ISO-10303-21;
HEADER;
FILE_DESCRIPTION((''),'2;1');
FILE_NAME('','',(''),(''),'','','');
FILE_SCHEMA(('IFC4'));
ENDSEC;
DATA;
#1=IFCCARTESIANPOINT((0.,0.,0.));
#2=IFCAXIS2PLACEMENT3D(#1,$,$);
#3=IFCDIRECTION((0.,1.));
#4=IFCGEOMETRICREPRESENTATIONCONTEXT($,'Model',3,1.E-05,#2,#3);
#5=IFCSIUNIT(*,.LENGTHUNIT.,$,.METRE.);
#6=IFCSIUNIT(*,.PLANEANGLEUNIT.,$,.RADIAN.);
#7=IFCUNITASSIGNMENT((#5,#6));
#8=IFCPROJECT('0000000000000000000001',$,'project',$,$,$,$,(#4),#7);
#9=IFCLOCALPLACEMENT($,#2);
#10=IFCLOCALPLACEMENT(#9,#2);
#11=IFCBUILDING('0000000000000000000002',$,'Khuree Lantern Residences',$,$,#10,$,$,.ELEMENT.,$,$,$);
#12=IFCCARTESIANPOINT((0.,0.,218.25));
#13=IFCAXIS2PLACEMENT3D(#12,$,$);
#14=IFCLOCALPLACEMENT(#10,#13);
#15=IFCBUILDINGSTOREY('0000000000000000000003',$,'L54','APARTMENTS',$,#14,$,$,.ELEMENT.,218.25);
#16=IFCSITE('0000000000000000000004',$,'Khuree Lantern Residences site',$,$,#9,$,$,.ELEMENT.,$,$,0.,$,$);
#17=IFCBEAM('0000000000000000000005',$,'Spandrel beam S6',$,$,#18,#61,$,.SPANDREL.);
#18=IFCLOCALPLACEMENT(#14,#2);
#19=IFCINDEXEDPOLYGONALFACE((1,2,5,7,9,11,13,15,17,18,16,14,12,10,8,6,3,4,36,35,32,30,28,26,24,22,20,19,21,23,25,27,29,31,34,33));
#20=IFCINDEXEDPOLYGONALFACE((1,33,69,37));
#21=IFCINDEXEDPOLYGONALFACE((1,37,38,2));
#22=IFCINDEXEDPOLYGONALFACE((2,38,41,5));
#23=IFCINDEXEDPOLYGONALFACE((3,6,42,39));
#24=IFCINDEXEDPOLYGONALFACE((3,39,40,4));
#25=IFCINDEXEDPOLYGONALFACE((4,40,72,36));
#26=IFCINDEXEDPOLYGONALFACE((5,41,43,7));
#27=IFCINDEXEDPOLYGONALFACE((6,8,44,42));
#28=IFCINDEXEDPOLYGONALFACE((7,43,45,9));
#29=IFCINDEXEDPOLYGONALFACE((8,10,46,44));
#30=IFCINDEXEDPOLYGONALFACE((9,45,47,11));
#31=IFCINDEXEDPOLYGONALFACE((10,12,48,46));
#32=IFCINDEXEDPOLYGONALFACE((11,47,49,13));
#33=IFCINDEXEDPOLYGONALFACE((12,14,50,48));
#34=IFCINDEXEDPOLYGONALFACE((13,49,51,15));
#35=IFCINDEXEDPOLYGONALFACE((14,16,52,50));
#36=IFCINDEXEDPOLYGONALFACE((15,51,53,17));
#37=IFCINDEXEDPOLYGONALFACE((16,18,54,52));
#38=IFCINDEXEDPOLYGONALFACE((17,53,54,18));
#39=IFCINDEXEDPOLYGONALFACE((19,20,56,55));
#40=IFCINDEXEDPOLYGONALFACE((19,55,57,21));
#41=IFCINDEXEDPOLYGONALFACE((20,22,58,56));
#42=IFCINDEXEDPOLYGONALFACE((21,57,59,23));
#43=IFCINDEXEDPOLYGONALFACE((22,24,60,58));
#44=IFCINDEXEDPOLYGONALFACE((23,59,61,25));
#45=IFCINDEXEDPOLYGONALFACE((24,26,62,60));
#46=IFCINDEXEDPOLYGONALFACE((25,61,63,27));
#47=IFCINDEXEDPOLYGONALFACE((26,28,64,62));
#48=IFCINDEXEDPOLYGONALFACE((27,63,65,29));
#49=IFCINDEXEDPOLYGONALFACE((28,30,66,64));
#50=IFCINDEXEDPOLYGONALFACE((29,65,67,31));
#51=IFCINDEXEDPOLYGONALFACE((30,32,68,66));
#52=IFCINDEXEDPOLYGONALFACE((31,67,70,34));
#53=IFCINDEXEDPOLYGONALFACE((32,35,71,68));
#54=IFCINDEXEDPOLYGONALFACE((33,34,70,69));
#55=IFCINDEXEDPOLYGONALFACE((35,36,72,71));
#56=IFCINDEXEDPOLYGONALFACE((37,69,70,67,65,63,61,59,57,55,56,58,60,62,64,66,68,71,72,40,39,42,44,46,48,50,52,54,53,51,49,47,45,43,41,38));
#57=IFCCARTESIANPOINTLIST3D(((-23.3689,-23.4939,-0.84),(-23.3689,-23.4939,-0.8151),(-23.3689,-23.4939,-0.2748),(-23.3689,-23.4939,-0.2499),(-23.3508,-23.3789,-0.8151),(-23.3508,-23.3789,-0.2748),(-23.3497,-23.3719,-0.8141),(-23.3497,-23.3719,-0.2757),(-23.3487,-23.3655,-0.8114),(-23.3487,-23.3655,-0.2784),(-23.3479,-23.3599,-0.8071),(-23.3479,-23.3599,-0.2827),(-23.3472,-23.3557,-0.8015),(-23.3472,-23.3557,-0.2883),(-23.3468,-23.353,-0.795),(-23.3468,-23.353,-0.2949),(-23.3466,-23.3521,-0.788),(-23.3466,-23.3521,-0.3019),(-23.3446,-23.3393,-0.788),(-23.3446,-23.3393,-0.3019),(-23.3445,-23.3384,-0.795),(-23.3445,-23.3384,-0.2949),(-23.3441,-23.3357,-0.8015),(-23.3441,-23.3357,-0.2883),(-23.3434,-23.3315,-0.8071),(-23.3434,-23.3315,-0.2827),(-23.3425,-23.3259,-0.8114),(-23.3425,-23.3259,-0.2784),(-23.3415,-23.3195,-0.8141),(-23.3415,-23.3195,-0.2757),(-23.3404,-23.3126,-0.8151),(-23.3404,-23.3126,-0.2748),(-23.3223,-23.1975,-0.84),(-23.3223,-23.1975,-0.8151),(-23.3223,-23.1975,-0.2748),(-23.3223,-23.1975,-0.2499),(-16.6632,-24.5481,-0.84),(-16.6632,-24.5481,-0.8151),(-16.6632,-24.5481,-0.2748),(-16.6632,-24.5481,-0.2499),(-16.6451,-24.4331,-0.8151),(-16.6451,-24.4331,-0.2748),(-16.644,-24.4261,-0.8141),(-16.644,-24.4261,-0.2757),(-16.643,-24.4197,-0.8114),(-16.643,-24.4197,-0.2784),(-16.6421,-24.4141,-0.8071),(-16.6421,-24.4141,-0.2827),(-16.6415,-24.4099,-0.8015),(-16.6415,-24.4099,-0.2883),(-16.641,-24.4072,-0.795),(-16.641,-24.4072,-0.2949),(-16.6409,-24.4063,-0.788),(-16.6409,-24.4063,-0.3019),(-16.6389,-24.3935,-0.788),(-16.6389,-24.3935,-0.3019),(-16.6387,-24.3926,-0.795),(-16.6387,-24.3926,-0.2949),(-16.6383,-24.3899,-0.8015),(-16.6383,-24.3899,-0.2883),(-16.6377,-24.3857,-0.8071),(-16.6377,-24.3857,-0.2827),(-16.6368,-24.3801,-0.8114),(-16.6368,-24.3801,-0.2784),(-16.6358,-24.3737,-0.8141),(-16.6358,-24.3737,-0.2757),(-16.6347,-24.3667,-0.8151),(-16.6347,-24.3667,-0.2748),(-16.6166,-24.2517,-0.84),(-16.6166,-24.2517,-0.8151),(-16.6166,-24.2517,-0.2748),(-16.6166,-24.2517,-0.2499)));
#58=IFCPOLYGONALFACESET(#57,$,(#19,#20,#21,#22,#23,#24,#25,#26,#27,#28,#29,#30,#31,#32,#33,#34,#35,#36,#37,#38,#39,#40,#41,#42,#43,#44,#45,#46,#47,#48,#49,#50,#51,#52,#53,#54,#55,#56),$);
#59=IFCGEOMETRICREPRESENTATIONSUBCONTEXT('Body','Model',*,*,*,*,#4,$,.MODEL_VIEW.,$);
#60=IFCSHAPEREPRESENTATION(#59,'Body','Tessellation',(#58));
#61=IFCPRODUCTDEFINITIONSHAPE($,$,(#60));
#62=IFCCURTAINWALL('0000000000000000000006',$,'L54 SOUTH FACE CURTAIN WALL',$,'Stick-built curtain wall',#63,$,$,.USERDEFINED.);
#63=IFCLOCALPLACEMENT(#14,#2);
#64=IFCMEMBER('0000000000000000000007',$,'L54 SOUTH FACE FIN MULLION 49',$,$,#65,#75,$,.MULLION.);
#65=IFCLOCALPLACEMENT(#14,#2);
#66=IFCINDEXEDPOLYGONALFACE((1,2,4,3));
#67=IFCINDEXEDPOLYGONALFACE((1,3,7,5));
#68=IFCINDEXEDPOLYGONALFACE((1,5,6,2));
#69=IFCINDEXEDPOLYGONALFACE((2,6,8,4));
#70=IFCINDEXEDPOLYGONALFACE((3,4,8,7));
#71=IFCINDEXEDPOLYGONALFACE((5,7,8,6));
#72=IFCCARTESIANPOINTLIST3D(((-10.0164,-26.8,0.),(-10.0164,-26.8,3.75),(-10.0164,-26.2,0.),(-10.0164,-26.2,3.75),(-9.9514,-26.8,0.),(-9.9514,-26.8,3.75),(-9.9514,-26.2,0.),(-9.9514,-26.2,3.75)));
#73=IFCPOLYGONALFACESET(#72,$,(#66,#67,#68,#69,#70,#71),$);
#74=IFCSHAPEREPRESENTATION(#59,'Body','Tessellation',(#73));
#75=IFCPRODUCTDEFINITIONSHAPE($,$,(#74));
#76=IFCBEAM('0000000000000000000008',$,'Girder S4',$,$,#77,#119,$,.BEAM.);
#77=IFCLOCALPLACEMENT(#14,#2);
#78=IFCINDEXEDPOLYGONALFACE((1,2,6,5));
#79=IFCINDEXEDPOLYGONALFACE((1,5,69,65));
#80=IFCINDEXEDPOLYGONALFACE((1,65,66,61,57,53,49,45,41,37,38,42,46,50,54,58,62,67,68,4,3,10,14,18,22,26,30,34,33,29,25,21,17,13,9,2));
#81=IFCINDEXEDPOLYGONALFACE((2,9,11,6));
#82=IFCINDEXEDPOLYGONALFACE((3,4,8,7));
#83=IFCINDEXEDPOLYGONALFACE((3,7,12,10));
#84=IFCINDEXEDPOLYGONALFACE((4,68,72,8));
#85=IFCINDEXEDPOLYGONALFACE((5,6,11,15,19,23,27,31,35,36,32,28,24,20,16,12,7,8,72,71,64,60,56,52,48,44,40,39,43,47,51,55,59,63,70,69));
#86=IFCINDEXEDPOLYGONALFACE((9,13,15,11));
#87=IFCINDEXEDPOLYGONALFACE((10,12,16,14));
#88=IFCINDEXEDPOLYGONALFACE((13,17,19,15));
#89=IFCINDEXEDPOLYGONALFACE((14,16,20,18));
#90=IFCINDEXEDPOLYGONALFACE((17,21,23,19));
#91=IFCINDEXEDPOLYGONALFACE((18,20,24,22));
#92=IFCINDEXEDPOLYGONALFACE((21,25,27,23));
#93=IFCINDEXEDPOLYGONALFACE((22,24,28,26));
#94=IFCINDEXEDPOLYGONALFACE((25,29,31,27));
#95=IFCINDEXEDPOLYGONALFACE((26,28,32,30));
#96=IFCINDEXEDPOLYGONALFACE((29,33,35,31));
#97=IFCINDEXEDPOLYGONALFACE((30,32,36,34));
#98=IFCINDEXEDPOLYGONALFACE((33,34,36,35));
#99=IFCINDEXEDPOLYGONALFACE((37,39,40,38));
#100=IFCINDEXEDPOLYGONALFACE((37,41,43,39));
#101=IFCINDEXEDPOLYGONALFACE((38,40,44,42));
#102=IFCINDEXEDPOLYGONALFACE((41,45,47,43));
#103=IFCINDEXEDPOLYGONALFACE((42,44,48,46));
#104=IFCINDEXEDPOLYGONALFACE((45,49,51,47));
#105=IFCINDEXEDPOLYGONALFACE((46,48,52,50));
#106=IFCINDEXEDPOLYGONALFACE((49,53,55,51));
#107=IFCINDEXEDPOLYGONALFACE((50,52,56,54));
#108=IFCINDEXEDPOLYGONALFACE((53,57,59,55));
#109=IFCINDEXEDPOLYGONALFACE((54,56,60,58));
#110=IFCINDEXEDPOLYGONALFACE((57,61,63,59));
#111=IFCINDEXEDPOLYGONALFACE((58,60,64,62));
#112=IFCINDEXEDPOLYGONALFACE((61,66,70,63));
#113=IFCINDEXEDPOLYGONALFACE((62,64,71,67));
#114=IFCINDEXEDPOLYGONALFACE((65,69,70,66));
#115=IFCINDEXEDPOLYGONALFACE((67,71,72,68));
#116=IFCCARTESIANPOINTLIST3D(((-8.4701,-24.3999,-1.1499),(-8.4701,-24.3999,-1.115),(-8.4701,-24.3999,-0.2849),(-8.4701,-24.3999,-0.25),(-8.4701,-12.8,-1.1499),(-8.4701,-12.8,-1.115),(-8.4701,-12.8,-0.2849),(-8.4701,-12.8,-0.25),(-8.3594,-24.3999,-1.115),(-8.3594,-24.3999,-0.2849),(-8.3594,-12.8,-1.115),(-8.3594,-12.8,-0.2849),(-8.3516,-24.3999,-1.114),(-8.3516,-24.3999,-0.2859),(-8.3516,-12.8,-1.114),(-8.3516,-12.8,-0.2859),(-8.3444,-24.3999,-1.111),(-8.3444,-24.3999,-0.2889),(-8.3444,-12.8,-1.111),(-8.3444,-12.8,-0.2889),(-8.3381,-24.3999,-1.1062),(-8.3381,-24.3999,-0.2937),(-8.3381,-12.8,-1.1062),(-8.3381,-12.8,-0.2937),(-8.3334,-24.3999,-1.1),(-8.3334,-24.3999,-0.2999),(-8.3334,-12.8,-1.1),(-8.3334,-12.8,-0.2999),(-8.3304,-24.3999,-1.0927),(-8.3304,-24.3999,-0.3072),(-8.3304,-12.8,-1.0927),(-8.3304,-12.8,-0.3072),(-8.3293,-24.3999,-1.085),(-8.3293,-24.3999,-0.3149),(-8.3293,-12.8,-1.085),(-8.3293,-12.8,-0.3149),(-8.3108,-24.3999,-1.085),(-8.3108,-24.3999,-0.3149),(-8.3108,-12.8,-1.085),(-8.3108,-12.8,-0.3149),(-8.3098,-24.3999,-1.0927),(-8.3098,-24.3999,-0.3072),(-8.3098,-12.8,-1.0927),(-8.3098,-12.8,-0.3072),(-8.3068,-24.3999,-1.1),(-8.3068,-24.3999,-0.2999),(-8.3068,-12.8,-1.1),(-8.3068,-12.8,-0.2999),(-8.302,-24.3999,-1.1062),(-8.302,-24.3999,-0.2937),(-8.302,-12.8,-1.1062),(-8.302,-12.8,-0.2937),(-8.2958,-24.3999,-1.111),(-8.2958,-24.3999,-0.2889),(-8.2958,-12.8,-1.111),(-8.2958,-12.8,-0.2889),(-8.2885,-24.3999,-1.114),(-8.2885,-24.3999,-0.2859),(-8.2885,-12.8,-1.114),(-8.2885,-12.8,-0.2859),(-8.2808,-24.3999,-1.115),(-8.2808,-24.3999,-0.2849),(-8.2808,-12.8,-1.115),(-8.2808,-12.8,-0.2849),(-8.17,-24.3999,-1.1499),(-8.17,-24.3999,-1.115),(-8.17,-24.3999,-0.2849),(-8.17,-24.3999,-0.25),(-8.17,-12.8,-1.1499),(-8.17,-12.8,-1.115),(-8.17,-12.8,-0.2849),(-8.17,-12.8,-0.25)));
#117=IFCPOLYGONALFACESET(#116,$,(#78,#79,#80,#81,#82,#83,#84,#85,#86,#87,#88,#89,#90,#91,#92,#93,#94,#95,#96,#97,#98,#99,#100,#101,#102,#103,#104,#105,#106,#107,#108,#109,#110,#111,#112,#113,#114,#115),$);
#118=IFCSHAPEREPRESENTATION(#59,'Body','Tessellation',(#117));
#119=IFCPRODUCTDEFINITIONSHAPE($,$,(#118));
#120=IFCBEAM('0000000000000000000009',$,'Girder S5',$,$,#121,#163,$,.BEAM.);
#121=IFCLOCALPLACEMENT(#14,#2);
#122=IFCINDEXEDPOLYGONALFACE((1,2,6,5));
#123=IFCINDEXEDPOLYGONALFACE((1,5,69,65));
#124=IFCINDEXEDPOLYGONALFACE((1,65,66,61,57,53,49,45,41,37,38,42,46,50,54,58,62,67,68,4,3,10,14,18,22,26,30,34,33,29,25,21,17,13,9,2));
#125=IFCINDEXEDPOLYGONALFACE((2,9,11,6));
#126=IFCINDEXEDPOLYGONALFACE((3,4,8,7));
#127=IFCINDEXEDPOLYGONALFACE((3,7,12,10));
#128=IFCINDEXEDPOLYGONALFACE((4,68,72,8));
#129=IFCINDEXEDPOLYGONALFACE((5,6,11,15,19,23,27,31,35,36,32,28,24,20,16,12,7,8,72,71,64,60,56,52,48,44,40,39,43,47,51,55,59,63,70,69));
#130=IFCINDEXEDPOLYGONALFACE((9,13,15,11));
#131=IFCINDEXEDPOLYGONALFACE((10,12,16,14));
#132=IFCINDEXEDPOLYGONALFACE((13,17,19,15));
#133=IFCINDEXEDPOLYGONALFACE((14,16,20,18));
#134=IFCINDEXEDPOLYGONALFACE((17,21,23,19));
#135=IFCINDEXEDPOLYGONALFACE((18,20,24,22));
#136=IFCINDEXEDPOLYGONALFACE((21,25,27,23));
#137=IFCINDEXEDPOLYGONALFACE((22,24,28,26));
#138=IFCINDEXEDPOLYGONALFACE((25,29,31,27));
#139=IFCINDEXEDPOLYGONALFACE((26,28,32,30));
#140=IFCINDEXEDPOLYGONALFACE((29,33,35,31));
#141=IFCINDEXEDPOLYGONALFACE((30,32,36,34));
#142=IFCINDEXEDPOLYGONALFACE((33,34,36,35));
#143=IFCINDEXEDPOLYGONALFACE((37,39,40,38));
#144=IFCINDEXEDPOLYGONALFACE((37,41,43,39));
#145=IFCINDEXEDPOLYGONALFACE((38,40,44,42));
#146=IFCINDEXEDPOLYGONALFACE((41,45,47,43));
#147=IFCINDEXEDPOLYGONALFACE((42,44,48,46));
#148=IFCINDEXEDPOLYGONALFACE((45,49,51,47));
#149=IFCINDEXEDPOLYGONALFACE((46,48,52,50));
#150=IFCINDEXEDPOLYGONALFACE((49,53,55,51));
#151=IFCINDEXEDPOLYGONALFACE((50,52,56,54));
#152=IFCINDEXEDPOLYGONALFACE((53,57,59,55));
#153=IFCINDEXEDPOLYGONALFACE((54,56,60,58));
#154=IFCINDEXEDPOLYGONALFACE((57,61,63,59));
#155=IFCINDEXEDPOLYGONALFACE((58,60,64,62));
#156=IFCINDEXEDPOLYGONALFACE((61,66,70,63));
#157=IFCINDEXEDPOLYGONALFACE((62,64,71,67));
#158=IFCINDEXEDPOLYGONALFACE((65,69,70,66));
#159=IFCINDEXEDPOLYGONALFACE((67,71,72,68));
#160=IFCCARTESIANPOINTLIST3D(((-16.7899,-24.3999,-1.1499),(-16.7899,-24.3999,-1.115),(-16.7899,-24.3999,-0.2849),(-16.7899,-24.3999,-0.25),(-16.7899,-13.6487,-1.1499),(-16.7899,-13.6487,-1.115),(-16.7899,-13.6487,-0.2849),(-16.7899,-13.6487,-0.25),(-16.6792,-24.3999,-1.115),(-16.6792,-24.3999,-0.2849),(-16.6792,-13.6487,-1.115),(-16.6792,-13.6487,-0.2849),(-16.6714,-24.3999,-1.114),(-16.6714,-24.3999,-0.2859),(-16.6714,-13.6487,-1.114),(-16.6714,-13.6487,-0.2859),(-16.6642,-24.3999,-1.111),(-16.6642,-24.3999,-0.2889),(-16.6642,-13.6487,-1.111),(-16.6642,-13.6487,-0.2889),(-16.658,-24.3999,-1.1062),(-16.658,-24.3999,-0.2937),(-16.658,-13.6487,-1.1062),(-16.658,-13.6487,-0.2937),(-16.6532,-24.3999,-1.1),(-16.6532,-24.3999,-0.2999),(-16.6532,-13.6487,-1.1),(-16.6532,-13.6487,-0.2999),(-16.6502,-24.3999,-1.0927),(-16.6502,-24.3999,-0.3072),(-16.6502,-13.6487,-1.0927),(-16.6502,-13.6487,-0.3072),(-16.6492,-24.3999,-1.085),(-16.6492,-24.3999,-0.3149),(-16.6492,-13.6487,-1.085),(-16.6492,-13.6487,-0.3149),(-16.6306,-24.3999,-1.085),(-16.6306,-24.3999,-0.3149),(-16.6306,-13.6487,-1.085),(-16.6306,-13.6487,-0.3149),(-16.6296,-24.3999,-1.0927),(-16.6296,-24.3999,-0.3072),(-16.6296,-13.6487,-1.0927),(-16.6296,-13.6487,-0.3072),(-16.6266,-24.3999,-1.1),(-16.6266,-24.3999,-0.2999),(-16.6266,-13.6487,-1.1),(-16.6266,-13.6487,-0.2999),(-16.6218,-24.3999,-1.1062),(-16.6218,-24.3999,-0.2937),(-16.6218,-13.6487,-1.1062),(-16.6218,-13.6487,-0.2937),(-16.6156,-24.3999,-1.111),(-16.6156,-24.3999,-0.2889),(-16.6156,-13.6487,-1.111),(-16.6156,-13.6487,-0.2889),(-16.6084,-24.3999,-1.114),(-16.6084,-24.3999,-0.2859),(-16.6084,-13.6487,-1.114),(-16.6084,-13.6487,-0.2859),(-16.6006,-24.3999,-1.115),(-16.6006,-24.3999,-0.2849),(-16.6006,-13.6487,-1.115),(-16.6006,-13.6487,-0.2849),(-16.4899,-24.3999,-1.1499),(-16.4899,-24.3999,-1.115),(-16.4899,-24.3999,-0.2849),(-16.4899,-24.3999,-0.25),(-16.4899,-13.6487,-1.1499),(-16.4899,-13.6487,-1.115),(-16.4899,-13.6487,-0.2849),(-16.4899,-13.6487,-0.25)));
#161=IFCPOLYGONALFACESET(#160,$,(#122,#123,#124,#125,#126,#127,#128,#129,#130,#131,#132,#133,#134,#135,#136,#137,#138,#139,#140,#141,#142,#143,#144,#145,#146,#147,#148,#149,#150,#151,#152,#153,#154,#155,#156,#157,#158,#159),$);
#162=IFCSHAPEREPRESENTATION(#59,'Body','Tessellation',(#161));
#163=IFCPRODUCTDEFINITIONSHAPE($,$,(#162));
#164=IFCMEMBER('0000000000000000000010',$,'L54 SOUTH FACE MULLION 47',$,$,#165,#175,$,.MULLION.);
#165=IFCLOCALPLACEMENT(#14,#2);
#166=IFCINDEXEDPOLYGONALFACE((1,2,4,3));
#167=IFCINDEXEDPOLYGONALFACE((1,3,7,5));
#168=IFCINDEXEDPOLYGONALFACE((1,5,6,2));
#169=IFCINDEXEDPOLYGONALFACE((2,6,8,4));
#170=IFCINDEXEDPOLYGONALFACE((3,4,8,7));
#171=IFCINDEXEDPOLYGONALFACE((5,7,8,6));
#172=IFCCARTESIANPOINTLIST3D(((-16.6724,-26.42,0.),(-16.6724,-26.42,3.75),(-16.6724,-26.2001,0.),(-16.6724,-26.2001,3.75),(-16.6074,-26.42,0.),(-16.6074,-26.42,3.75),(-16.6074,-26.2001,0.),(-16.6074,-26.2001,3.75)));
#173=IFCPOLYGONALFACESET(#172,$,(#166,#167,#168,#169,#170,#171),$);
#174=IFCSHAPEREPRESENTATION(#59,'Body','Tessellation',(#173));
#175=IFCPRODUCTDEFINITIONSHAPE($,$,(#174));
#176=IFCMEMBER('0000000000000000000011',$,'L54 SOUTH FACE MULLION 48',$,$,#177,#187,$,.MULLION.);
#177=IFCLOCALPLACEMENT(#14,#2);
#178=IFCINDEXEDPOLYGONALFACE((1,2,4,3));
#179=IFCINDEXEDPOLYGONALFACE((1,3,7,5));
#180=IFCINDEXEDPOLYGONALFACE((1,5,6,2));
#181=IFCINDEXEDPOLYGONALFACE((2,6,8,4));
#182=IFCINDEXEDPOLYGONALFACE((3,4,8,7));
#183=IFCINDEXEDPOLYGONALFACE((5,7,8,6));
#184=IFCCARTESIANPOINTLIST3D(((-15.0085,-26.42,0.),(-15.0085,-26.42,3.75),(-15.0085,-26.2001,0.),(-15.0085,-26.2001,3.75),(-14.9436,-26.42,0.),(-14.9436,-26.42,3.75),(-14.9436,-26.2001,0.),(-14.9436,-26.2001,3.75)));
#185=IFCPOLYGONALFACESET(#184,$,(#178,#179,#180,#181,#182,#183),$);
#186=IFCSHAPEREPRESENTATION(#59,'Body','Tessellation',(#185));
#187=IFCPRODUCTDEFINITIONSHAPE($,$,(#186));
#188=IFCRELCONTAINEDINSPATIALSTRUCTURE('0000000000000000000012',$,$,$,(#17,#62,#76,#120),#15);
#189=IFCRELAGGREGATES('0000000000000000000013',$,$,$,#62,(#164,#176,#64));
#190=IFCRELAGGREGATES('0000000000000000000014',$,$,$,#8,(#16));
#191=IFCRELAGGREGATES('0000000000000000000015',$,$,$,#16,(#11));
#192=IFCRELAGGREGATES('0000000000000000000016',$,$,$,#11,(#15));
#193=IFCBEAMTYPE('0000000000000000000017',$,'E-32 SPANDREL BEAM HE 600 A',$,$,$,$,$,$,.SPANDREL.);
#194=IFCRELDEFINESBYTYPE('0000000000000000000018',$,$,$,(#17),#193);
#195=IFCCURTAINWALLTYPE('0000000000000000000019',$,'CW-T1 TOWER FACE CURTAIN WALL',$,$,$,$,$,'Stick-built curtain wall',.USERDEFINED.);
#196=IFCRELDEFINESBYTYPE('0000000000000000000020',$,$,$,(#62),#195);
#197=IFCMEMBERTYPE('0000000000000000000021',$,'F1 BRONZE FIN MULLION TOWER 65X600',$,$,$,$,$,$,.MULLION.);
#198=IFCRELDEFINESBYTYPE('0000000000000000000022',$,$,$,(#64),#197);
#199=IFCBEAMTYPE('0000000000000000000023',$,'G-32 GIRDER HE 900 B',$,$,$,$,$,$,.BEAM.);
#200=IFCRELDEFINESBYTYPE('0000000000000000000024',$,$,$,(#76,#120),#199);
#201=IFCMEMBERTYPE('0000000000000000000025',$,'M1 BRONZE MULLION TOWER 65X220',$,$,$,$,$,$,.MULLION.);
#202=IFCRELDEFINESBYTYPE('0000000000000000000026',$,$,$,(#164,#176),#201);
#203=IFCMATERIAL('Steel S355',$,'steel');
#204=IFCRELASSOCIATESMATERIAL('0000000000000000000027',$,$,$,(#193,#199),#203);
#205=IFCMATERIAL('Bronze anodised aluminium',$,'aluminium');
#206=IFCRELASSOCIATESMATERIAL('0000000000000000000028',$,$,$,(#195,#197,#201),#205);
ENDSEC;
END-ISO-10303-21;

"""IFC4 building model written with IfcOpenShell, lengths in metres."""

from ifc_helpers import new_model, si_unit, direction, frame, origin, origin_2d, place, context, subcontext, project, spatial, rectangle, i_section, extrude, material, material_profile, profile_set, type_object, element, aggregate, save


model = new_model("IFC4")

# Units and contexts
model_context = context("Model", 3, precision=1e-05, world=origin(), true_north=direction((0.0, 1.0)))
body_context = subcontext(model_context, "Body", "Model", "MODEL_VIEW")
ifc_project = project(units=[si_unit("LENGTHUNIT", "METRE"), si_unit("PLANEANGLEUNIT", "RADIAN")], contexts=[model_context])

# Site, building, storey
site_placement = place(None, origin())
site = spatial("IfcSite", under=ifc_project, at=site_placement, Name="Khuree Lantern Residences site", CompositionType="ELEMENT", RefElevation=0.0)
building_placement = place(site_placement, origin())
building = spatial("IfcBuilding", under=site, at=building_placement, Name="Khuree Lantern Residences", CompositionType="ELEMENT")
storey_placement = place(building_placement, frame((0.0, 0.0, 218.25)))
storey = spatial("IfcBuildingStorey", under=building, at=storey_placement, Name="L54", Description="APARTMENTS", CompositionType="ELEMENT", Elevation=218.25)

# Beam
ifc_material_1 = material(Name="Steel S355", Category="steel")
ifc_material_profile_1 = material_profile(ifc_material_1, i_section(OverallWidth=0.3, OverallDepth=0.5901, WebThickness=0.0129, FlangeThickness=0.0249, FilletRadius=0.0271, at=origin_2d()), Name="HE 600 A")
ifc_profile_set_1 = profile_set([ifc_material_profile_1], Name="Steel S355")
beam_type_1 = type_object("IfcBeamType", Name="E-32 SPANDREL BEAM HE 600 A", PredefinedType="SPANDREL", material=ifc_profile_set_1)
beam_1_placement = place(storey_placement, frame((-16.6399, -24.3999, -0.5449), z_axis=(-0.987867, 0.1553, 0.0), x_axis=(-0.1553, -0.987867, 0.0)))
element("IfcBeam", 1, at=beam_1_placement, inside=storey, type_object=beam_type_1, Name="Spandrel beam S6", PredefinedType="SPANDREL", context=body_context, shape_type="SweptSolid", body=[
    extrude(i_section(OverallWidth=0.3, OverallDepth=0.5901, WebThickness=0.0129, FlangeThickness=0.0249, FilletRadius=0.0271, at=origin_2d()), origin(), (0.0, 0.0, 1.0), 6.7881),
])

# Curtain wall, member
ifc_material_2 = material(Name="Bronze anodised aluminium", Category="aluminium")
curtain_wall_type = type_object("IfcCurtainWallType", Name="CW-T1 TOWER FACE CURTAIN WALL", ElementType="Stick-built curtain wall", PredefinedType="USERDEFINED", material=ifc_material_2)
curtain_wall_placement = place(storey_placement, origin())
curtain_wall = element("IfcCurtainWall", 2, at=curtain_wall_placement, inside=storey, type_object=curtain_wall_type, Name="L54 SOUTH FACE CURTAIN WALL", ObjectType="Stick-built curtain wall", PredefinedType="USERDEFINED")
ifc_material_profile_2 = material_profile(ifc_material_2, rectangle(XDim=0.0649, YDim=0.6001, at=origin_2d()), Name="F1 65X600")
ifc_profile_set_2 = profile_set([ifc_material_profile_2], Name="Bronze anodised aluminium")
member_type_1 = type_object("IfcMemberType", Name="F1 BRONZE FIN MULLION TOWER 65X600", PredefinedType="MULLION", material=ifc_profile_set_2)
member_1_placement = place(storey_placement, frame((-9.9839, -26.5, 0.0), z_axis=(0.0, 0.0, 1.0), x_axis=(1.0, 0.0, 0.0)))
member_1 = element("IfcMember", 3, at=member_1_placement, type_object=member_type_1, Name="L54 SOUTH FACE FIN MULLION 49", PredefinedType="MULLION", context=body_context, shape_type="SweptSolid", body=[
    extrude(rectangle(XDim=0.0649, YDim=0.6001, at=origin_2d()), origin(), (0.0, 0.0, 1.0), 3.75),
])

# Beams
ifc_material_profile_3 = material_profile(ifc_material_1, i_section(OverallWidth=0.3, OverallDepth=0.8999, WebThickness=0.0186, FlangeThickness=0.0349, FilletRadius=0.03, at=origin_2d()), Name="HE 900 B")
ifc_profile_set_3 = profile_set([ifc_material_profile_3], Name="Steel S355")
beam_type_2 = type_object("IfcBeamType", Name="G-32 GIRDER HE 900 B", PredefinedType="BEAM", material=ifc_profile_set_3)
beam_2_placement = place(storey_placement, frame((-8.3201, -24.3999, -0.7), z_axis=(0.0, 1.0, 0.0), x_axis=(-1.0, 0.0, 0.0)))
element("IfcBeam", 4, at=beam_2_placement, inside=storey, type_object=beam_type_2, Name="Girder S4", PredefinedType="BEAM", context=body_context, shape_type="SweptSolid", body=[
    extrude(i_section(OverallWidth=0.3, OverallDepth=0.8999, WebThickness=0.0186, FlangeThickness=0.0349, FilletRadius=0.03, at=origin_2d()), origin(), (0.0, 0.0, 1.0), 11.5999),
])
beam_3_placement = place(storey_placement, frame((-16.6399, -24.3999, -0.7), z_axis=(0.0, 1.0, 0.0), x_axis=(-1.0, 0.0, 0.0)))
element("IfcBeam", 5, at=beam_3_placement, inside=storey, type_object=beam_type_2, Name="Girder S5", PredefinedType="BEAM", context=body_context, shape_type="SweptSolid", body=[
    extrude(i_section(OverallWidth=0.3, OverallDepth=0.8999, WebThickness=0.0186, FlangeThickness=0.0349, FilletRadius=0.03, at=origin_2d()), origin(), (0.0, 0.0, 1.0), 10.7512),
])

# Members
ifc_material_profile_4 = material_profile(ifc_material_2, rectangle(XDim=0.0649, YDim=0.22, at=origin_2d()), Name="M1 65X220")
ifc_profile_set_4 = profile_set([ifc_material_profile_4], Name="Bronze anodised aluminium")
member_type_2 = type_object("IfcMemberType", Name="M1 BRONZE MULLION TOWER 65X220", PredefinedType="MULLION", material=ifc_profile_set_4)
member_2_placement = place(storey_placement, frame((-16.6399, -26.3101, 0.0), z_axis=(0.0, 0.0, 1.0), x_axis=(1.0, 0.0, 0.0)))
member_2 = element("IfcMember", 6, at=member_2_placement, type_object=member_type_2, Name="L54 SOUTH FACE MULLION 47", PredefinedType="MULLION", context=body_context, shape_type="SweptSolid", body=[
    extrude(rectangle(XDim=0.0649, YDim=0.22, at=origin_2d()), origin(), (0.0, 0.0, 1.0), 3.75),
])
member_3_placement = place(storey_placement, frame((-14.9761, -26.3101, 0.0), z_axis=(0.0, 0.0, 1.0), x_axis=(1.0, 0.0, 0.0)))
member_3 = element("IfcMember", 7, at=member_3_placement, type_object=member_type_2, Name="L54 SOUTH FACE MULLION 48", PredefinedType="MULLION", context=body_context, shape_type="SweptSolid", body=[
    extrude(rectangle(XDim=0.0649, YDim=0.22, at=origin_2d()), origin(), (0.0, 0.0, 1.0), 3.75),
])

aggregate(curtain_wall, [member_2, member_3, member_1])

save(model, "model.ifc")
